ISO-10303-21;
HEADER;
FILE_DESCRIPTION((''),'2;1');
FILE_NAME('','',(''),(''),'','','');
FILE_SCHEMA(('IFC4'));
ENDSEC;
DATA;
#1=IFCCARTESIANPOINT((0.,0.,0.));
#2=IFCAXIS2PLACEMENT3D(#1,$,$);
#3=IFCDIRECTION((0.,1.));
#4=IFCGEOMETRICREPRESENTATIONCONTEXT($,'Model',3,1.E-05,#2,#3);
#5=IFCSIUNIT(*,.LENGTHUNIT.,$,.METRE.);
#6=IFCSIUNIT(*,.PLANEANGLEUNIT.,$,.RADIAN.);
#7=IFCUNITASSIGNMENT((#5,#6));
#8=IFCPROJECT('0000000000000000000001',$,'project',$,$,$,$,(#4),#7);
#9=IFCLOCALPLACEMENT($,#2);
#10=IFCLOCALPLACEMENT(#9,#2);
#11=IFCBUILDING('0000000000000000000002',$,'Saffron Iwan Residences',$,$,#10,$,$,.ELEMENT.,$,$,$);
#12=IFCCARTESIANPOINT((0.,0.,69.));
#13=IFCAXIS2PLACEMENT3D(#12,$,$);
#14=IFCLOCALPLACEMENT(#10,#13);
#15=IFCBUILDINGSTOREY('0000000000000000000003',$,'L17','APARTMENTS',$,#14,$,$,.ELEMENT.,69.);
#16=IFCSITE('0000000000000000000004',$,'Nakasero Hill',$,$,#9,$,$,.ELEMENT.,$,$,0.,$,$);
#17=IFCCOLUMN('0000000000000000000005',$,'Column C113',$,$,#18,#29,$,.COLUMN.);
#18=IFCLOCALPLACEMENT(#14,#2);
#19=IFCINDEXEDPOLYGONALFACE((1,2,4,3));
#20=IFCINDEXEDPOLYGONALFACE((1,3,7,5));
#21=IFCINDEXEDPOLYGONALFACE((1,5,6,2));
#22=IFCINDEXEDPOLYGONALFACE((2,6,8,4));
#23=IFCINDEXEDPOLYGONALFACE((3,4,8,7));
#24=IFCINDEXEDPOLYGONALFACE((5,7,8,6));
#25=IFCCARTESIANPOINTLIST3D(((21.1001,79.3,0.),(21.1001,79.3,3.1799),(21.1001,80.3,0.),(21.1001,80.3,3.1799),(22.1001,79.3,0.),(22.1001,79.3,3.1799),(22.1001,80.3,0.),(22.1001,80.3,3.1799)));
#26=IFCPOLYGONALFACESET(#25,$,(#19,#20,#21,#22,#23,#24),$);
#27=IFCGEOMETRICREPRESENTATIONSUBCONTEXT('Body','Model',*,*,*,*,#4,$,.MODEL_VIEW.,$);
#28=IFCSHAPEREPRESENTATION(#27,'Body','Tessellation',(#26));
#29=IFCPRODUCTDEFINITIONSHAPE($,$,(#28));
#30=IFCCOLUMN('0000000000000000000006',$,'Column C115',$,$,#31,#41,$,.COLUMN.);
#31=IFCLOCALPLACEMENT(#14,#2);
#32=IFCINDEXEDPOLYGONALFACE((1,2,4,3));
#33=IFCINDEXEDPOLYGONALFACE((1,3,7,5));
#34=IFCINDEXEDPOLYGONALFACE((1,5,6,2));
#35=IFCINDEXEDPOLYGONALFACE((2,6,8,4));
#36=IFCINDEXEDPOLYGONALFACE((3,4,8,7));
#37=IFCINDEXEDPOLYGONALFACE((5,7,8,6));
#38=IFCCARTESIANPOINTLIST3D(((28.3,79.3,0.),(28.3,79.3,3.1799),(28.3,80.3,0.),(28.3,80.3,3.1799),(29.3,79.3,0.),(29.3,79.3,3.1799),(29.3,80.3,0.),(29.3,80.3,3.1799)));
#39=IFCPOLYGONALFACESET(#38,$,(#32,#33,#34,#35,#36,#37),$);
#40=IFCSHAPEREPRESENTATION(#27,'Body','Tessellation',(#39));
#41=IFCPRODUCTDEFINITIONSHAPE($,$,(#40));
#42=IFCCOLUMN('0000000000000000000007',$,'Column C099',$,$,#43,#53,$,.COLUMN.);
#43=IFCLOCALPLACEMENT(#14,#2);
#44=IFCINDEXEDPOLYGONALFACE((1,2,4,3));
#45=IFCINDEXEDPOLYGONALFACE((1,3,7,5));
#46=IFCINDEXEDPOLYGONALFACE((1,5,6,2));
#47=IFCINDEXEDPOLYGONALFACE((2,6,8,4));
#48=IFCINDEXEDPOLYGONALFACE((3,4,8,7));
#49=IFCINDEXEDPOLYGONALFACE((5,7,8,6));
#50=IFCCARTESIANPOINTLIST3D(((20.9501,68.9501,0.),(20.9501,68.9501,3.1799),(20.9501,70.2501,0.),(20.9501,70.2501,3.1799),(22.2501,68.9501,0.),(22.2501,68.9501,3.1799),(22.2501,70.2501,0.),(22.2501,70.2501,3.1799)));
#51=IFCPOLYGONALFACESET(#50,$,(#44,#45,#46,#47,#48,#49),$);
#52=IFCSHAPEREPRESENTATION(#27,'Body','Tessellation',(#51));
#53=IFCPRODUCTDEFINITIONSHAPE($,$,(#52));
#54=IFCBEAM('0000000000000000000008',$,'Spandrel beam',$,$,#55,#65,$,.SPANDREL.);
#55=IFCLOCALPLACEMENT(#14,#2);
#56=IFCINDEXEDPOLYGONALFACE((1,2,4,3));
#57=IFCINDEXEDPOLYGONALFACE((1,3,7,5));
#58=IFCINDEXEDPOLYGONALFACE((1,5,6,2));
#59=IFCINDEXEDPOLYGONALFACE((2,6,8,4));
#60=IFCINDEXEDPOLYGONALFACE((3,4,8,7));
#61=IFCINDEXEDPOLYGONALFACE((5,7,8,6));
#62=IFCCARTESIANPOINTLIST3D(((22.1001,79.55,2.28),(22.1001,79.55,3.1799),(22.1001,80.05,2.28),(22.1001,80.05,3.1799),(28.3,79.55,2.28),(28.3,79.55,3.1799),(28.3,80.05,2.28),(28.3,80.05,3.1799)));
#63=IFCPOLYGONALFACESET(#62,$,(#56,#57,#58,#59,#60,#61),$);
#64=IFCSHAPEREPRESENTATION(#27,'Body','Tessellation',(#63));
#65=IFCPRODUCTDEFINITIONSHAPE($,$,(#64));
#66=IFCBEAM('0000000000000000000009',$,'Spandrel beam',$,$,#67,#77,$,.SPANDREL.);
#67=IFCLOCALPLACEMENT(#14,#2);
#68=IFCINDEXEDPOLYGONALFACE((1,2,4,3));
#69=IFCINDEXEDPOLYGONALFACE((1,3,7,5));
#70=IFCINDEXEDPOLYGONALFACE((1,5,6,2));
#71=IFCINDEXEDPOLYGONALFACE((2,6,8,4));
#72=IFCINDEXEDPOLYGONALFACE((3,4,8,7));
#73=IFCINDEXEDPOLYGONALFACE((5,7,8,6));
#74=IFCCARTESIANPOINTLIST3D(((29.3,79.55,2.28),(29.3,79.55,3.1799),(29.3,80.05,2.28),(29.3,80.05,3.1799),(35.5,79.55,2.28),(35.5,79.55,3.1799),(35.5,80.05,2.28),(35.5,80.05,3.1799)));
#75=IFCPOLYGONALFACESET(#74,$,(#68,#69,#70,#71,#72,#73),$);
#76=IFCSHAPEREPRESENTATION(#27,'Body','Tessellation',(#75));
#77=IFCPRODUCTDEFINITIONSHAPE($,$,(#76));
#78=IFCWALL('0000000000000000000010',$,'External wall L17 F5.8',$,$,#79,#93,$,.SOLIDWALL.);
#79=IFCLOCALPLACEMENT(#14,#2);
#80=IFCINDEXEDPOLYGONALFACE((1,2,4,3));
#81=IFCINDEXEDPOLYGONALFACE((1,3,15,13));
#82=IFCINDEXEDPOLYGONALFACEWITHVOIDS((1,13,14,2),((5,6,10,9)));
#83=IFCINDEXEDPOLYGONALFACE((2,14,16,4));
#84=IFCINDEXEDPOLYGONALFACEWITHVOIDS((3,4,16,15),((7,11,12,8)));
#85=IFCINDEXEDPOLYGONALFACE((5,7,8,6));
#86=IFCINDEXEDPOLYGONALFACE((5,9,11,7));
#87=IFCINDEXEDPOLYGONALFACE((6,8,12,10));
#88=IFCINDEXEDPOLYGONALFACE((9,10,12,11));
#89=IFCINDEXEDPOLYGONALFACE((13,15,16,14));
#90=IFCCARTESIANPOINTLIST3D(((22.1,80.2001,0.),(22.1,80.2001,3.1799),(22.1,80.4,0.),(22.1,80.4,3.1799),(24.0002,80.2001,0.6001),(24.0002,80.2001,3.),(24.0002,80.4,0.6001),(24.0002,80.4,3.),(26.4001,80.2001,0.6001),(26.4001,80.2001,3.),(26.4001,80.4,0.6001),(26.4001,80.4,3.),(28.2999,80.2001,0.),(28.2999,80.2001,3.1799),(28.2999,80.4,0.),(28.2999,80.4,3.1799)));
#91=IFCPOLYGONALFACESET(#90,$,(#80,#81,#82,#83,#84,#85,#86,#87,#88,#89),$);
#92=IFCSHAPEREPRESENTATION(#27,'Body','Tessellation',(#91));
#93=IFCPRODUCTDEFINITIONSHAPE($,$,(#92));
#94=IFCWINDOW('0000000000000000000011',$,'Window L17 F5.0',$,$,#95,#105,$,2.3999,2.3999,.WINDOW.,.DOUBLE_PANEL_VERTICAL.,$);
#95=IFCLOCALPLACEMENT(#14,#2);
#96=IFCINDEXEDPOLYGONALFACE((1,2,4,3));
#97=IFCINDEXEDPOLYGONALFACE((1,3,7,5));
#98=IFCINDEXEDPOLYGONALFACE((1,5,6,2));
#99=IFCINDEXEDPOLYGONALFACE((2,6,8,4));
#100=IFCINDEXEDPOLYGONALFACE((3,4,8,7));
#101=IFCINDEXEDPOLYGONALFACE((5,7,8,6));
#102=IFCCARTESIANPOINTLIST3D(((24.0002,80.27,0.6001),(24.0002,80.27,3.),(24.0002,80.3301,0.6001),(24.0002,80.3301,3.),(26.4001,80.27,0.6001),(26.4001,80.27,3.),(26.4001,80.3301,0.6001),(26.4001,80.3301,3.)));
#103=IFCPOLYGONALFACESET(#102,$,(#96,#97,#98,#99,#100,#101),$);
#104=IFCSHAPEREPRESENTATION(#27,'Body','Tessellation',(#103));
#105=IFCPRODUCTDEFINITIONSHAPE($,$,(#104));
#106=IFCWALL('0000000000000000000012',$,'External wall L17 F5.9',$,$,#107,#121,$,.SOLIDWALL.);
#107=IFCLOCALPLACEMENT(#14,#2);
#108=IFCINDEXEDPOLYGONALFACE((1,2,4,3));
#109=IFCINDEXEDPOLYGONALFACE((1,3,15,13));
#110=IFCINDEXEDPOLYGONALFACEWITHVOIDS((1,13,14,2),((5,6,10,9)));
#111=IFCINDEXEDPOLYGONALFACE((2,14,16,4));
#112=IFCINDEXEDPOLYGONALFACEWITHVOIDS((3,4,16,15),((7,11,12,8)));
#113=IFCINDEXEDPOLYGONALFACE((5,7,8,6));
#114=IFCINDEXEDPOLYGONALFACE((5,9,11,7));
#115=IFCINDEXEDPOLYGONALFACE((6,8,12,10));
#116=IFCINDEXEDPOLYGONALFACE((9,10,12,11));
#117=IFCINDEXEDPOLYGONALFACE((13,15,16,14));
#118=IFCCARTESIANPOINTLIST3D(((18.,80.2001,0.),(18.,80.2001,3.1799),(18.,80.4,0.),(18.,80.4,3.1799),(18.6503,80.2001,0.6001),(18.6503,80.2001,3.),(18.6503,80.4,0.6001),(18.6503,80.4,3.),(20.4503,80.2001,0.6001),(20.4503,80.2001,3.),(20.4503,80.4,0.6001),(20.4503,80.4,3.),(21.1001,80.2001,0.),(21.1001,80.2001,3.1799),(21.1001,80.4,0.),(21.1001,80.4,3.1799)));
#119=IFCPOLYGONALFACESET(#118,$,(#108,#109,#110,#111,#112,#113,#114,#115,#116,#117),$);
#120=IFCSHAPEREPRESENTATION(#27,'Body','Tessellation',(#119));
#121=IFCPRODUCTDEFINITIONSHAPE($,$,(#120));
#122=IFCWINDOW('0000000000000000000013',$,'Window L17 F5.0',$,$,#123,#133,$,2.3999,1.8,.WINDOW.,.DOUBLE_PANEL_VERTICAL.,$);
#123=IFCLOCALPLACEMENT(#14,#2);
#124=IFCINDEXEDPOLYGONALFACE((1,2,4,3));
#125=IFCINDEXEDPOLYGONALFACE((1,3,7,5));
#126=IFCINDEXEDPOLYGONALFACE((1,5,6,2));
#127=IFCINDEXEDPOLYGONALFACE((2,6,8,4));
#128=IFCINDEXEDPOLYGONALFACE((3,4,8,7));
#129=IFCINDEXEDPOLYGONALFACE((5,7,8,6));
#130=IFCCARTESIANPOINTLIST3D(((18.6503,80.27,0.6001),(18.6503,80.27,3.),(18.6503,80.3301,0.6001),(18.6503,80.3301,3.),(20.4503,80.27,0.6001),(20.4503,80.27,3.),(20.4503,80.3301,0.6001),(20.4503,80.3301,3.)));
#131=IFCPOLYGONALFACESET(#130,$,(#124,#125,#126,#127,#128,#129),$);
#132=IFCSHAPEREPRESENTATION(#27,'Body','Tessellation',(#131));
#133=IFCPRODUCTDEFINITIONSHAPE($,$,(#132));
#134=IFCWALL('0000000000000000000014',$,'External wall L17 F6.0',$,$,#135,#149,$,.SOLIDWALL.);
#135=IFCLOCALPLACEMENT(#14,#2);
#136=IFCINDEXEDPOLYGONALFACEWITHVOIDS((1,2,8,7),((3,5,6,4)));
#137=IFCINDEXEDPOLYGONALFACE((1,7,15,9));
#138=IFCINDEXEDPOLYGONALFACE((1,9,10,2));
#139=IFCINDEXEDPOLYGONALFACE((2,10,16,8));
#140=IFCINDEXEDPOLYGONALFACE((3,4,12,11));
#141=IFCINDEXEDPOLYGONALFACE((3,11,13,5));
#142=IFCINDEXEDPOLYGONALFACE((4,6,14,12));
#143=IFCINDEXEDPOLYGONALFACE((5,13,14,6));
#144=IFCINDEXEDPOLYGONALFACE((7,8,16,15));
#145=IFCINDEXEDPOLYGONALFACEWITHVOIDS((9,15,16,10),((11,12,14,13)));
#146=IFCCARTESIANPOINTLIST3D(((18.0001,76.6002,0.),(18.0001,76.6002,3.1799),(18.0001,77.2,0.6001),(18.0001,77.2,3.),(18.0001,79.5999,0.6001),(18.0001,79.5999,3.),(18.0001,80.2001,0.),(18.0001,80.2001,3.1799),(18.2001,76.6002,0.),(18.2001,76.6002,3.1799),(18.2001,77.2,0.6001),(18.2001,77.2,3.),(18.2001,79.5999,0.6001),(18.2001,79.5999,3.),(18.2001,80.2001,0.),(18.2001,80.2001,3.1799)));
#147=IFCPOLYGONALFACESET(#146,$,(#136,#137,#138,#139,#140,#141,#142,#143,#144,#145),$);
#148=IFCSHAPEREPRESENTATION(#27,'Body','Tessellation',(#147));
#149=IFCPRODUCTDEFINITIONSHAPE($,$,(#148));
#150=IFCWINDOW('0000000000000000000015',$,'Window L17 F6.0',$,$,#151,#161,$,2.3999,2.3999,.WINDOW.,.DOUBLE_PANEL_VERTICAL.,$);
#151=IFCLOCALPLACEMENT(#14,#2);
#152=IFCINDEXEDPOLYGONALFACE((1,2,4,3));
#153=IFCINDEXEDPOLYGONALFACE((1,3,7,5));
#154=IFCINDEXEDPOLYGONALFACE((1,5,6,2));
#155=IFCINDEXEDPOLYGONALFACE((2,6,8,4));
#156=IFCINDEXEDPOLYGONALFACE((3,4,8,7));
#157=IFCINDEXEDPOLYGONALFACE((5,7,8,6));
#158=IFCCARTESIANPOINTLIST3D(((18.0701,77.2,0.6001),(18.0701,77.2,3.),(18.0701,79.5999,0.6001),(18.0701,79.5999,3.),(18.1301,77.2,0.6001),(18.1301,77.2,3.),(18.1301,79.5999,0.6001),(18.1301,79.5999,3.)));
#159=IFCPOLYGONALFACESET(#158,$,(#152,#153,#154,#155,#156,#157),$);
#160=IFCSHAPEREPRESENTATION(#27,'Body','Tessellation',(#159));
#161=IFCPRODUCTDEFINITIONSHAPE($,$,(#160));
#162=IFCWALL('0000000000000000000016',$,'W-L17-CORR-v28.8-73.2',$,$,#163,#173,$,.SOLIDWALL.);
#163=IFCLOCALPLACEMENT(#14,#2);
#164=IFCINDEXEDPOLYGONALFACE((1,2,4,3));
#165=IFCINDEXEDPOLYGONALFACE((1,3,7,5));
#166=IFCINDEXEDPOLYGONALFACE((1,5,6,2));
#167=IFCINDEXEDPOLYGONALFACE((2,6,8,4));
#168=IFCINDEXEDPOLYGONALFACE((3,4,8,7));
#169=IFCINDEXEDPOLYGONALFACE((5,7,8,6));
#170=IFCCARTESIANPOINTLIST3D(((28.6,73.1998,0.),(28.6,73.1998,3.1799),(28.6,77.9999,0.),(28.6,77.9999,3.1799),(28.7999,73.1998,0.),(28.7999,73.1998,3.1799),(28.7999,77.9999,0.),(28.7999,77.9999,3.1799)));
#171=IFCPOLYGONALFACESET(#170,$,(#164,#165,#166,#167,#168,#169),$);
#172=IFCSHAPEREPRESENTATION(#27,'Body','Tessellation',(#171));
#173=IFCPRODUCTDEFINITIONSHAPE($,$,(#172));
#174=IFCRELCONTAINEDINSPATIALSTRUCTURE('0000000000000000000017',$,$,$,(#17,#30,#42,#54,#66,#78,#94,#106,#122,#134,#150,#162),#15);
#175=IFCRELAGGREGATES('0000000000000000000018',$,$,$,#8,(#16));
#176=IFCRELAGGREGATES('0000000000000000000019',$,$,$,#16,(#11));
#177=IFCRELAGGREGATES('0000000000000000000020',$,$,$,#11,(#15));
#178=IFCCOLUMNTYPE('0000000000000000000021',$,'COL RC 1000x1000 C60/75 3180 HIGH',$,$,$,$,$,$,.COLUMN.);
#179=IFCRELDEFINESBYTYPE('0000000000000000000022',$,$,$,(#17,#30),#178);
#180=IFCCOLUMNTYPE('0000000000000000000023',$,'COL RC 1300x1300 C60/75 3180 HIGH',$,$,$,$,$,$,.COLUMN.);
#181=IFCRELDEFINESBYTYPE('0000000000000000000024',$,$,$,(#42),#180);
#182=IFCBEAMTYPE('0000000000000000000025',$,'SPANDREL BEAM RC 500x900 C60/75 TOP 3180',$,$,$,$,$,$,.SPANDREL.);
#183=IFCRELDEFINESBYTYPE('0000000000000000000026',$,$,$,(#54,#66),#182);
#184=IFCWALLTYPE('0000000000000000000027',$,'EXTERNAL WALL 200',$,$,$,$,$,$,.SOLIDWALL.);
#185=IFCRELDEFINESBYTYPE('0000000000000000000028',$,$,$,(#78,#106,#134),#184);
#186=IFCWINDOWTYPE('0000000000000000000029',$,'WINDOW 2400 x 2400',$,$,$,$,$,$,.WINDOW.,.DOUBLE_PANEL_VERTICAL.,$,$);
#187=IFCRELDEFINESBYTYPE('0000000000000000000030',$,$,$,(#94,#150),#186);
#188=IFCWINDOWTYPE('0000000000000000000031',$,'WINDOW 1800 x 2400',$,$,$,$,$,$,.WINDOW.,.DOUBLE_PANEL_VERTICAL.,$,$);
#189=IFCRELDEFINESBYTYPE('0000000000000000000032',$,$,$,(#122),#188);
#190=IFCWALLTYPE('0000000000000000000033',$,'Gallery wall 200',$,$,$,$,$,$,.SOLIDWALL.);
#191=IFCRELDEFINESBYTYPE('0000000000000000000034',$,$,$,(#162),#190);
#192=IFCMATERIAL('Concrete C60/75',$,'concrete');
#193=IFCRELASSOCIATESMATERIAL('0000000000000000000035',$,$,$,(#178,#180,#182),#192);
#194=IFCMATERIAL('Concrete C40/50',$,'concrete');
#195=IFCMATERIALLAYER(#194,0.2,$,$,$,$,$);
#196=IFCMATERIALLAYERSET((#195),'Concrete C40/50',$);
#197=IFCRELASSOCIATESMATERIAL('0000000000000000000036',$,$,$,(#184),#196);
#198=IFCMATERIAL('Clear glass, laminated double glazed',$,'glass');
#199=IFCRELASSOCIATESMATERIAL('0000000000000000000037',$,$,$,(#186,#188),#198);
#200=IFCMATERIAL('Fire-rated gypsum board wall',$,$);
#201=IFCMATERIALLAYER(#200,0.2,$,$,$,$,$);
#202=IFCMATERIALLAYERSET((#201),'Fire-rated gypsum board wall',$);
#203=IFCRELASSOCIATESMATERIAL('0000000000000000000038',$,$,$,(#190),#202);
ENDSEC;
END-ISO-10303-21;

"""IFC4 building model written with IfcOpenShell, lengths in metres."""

from ifc_helpers import new_model, si_unit, direction, frame, frame_2d, origin, origin_2d, place, context, subcontext, project, spatial, rectangle, extrude, source, transform, mapped, material, layer, layer_set, material_profile, profile_set, type_object, element, fill, save


model = new_model("IFC4")

# Units and contexts
model_context = context("Model", 3, precision=1e-05, world=origin(), true_north=direction((0.0, 1.0)))
body_context = subcontext(model_context, "Body", "Model", "MODEL_VIEW")
ifc_project = project(units=[si_unit("LENGTHUNIT", "METRE"), si_unit("PLANEANGLEUNIT", "RADIAN")], contexts=[model_context])

# Site, building, storey
site_placement = place(None, origin())
site = spatial("IfcSite", under=ifc_project, at=site_placement, Name="Nakasero Hill", CompositionType="ELEMENT", RefElevation=0.0)
building_placement = place(site_placement, origin())
building = spatial("IfcBuilding", under=site, at=building_placement, Name="Saffron Iwan Residences", CompositionType="ELEMENT")
storey_placement = place(building_placement, frame((0.0, 0.0, 69.0)))
storey = spatial("IfcBuildingStorey", under=building, at=storey_placement, Name="L17", Description="APARTMENTS", CompositionType="ELEMENT", Elevation=69.0)

# Columns
ifc_material_1 = material(Name="Concrete C60/75", Category="concrete")
ifc_material_profile_1 = material_profile(ifc_material_1, rectangle(XDim=1.0, YDim=1.0, at=origin_2d()), Name="RC 1000x1000")
ifc_profile_set_1 = profile_set([ifc_material_profile_1], Name="Concrete C60/75")
column_type_1 = type_object("IfcColumnType", Name="COL RC 1000x1000 C60/75 3180 HIGH", PredefinedType="COLUMN", material=ifc_profile_set_1)
shared_shape_1 = source(origin(), body_context, "Body", "SweptSolid", [
    extrude(rectangle(XDim=1.0, YDim=1.0, at=origin_2d()), origin(), (0.0, 0.0, 1.0), 3.1799),
])
for number, where, z_axis, x_axis, name in (
    (1, (21.6001, 79.8, 0.0), (0.0, 0.0, 1.0), (1.0, 0.0, 0.0), "Column C113"),
    (2, (28.8, 79.8, 0.0), (0.0, 0.0, 1.0), (1.0, 0.0, 0.0), "Column C115"),
):
    element("IfcColumn", number, at=place(storey_placement, frame(where, z_axis=z_axis, x_axis=x_axis)), inside=storey, type_object=column_type_1, Name=name, PredefinedType="COLUMN", context=body_context, shape_type="MappedRepresentation", body=[
        mapped(shared_shape_1, transform((0.0, 0.0, 0.0))),
    ])
ifc_material_profile_2 = material_profile(ifc_material_1, rectangle(XDim=1.3, YDim=1.3, at=origin_2d()), Name="RC 1300x1300")
ifc_profile_set_2 = profile_set([ifc_material_profile_2], Name="Concrete C60/75")
column_type_2 = type_object("IfcColumnType", Name="COL RC 1300x1300 C60/75 3180 HIGH", PredefinedType="COLUMN", material=ifc_profile_set_2)
shared_shape_2 = source(origin(), body_context, "Body", "SweptSolid", [
    extrude(rectangle(XDim=1.3, YDim=1.3, at=origin_2d()), origin(), (0.0, 0.0, 1.0), 3.1799),
])
column_placement = place(storey_placement, frame((21.6001, 69.6001, 0.0), z_axis=(0.0, 0.0, 1.0), x_axis=(1.0, 0.0, 0.0)))
element("IfcColumn", 3, at=column_placement, inside=storey, type_object=column_type_2, Name="Column C099", PredefinedType="COLUMN", context=body_context, shape_type="MappedRepresentation", body=[
    mapped(shared_shape_2, transform((0.0, 0.0, 0.0))),
])

# Beams
ifc_material_profile_3 = material_profile(ifc_material_1, rectangle(XDim=0.5, YDim=0.8999, at=origin_2d()), Name="RC 500x900")
ifc_profile_set_3 = profile_set([ifc_material_profile_3], Name="Concrete C60/75")
beam_type = type_object("IfcBeamType", Name="SPANDREL BEAM RC 500x900 C60/75 TOP 3180", PredefinedType="SPANDREL", material=ifc_profile_set_3)
shared_shape_3 = source(origin(), body_context, "Body", "SweptSolid", [
    extrude(rectangle(XDim=0.5, YDim=0.8999, at=origin_2d()), origin(), (0.0, 0.0, 1.0), 6.2),
])
for number, where, z_axis, x_axis, name in (
    (4, (22.1001, 79.8, 2.73), (1.0, 0.0, 0.0), (0.0, 1.0, 0.0), "Spandrel beam"),
    (5, (29.3, 79.8, 2.73), (1.0, 0.0, 0.0), (0.0, 1.0, 0.0), "Spandrel beam"),
):
    element("IfcBeam", number, at=place(storey_placement, frame(where, z_axis=z_axis, x_axis=x_axis)), inside=storey, type_object=beam_type, Name=name, PredefinedType="SPANDREL", context=body_context, shape_type="MappedRepresentation", body=[
        mapped(shared_shape_3, transform((0.0, 0.0, 0.0))),
    ])

# Walls, openings, windows
ifc_material_2 = material(Name="Concrete C40/50", Category="concrete")
ifc_layer_1 = layer(ifc_material_2, 0.2)
ifc_layer_set_1 = layer_set([ifc_layer_1], Name="Concrete C40/50")
wall_type_1 = type_object("IfcWallType", Name="EXTERNAL WALL 200", PredefinedType="SOLIDWALL", material=ifc_layer_set_1)
wall_1_placement = place(storey_placement, frame((28.3, 80.3, 0.0), z_axis=(0.0, 0.0, 1.0), x_axis=(-1.0, 0.0, 0.0)))
wall_1 = element("IfcWall", 6, at=wall_1_placement, inside=storey, type_object=wall_type_1, Name="External wall L17 F5.8", PredefinedType="SOLIDWALL", context=body_context, shape_type="SweptSolid", body=[
    extrude(rectangle(XDim=6.2, YDim=0.2, at=frame_2d((3.1001, 0.0))), origin(), (0.0, 0.0, 1.0), 3.1799),
])
opening_1_placement = place(wall_1_placement, frame((1.8999, 0.0, 0.6001)))
opening_1 = element("IfcOpeningElement", 7, at=opening_1_placement, cuts=wall_1, PredefinedType="OPENING", context=body_context, shape_type="SweptSolid", body=[
    extrude(rectangle(XDim=2.3999, YDim=2.3999, at=frame_2d((1.2, 1.2))), frame((0.0, 0.1099, 0.0), z_axis=(0.0, -1.0, 0.0), x_axis=(1.0, 0.0, 0.0)), (0.0, 0.0, 1.0), 0.22),
])
ifc_material_3 = material(Name="Clear glass, laminated double glazed", Category="glass")
window_type_1 = type_object("IfcWindowType", Name="WINDOW 2400 x 2400", PartitioningType="DOUBLE_PANEL_VERTICAL", PredefinedType="WINDOW", material=ifc_material_3)
window_1_placement = place(opening_1_placement, origin())
window_1 = element("IfcWindow", 8, at=window_1_placement, inside=storey, type_object=window_type_1, Name="Window L17 F5.0", OverallHeight=2.3999, OverallWidth=2.3999, PartitioningType="DOUBLE_PANEL_VERTICAL", PredefinedType="WINDOW", context=body_context, shape_type="SweptSolid", body=[
    extrude(rectangle(XDim=2.3999, YDim=2.3999, at=frame_2d((1.2, 1.2))), frame((0.0, 0.03, 0.0), z_axis=(0.0, -1.0, 0.0), x_axis=(1.0, 0.0, 0.0)), (0.0, 0.0, 1.0), 0.0601),
])
fill(opening_1, window_1)
wall_2_placement = place(storey_placement, frame((21.1001, 80.3, 0.0), z_axis=(0.0, 0.0, 1.0), x_axis=(-1.0, 0.0, 0.0)))
wall_2 = element("IfcWall", 9, at=wall_2_placement, inside=storey, type_object=wall_type_1, Name="External wall L17 F5.9", PredefinedType="SOLIDWALL", context=body_context, shape_type="SweptSolid", body=[
    extrude(rectangle(XDim=3.1001, YDim=0.2, at=frame_2d((1.55, 0.0))), origin(), (0.0, 0.0, 1.0), 3.1799),
])
opening_2_placement = place(wall_2_placement, frame((0.6499, 0.0, 0.6001)))
opening_2 = element("IfcOpeningElement", 10, at=opening_2_placement, cuts=wall_2, PredefinedType="OPENING", context=body_context, shape_type="SweptSolid", body=[
    extrude(rectangle(XDim=1.8, YDim=2.3999, at=frame_2d((0.8999, 1.2))), frame((0.0, 0.1099, 0.0), z_axis=(0.0, -1.0, 0.0), x_axis=(1.0, 0.0, 0.0)), (0.0, 0.0, 1.0), 0.22),
])
window_type_2 = type_object("IfcWindowType", Name="WINDOW 1800 x 2400", PartitioningType="DOUBLE_PANEL_VERTICAL", PredefinedType="WINDOW", material=ifc_material_3)
window_2_placement = place(opening_2_placement, origin())
window_2 = element("IfcWindow", 11, at=window_2_placement, inside=storey, type_object=window_type_2, Name="Window L17 F5.0", OverallHeight=2.3999, OverallWidth=1.8, PartitioningType="DOUBLE_PANEL_VERTICAL", PredefinedType="WINDOW", context=body_context, shape_type="SweptSolid", body=[
    extrude(rectangle(XDim=1.8, YDim=2.3999, at=frame_2d((0.8999, 1.2))), frame((0.0, 0.03, 0.0), z_axis=(0.0, -1.0, 0.0), x_axis=(1.0, 0.0, 0.0)), (0.0, 0.0, 1.0), 0.0601),
])
fill(opening_2, window_2)
wall_3_placement = place(storey_placement, frame((18.1001, 80.2, 0.0), z_axis=(0.0, 0.0, 1.0), x_axis=(0.0, -1.0, 0.0)))
wall_3 = element("IfcWall", 12, at=wall_3_placement, inside=storey, type_object=wall_type_1, Name="External wall L17 F6.0", PredefinedType="SOLIDWALL", context=body_context, shape_type="SweptSolid", body=[
    extrude(rectangle(XDim=3.5999, YDim=0.2, at=frame_2d((1.7998, 0.0))), origin(), (0.0, 0.0, 1.0), 3.1799),
])
opening_3_placement = place(wall_3_placement, frame((0.6001, 0.0, 0.6001)))
opening_3 = element("IfcOpeningElement", 13, at=opening_3_placement, cuts=wall_3, PredefinedType="OPENING", context=body_context, shape_type="SweptSolid", body=[
    extrude(rectangle(XDim=2.3999, YDim=2.3999, at=frame_2d((1.2, 1.2))), frame((0.0, 0.1099, 0.0), z_axis=(0.0, -1.0, 0.0), x_axis=(1.0, 0.0, 0.0)), (0.0, 0.0, 1.0), 0.22),
])
window_3_placement = place(opening_3_placement, origin())
window_3 = element("IfcWindow", 14, at=window_3_placement, inside=storey, type_object=window_type_1, Name="Window L17 F6.0", OverallHeight=2.3999, OverallWidth=2.3999, PartitioningType="DOUBLE_PANEL_VERTICAL", PredefinedType="WINDOW", context=body_context, shape_type="SweptSolid", body=[
    extrude(rectangle(XDim=2.3999, YDim=2.3999, at=frame_2d((1.2, 1.2))), frame((0.0, 0.03, 0.0), z_axis=(0.0, -1.0, 0.0), x_axis=(1.0, 0.0, 0.0)), (0.0, 0.0, 1.0), 0.0601),
])
fill(opening_3, window_3)

# Wall
ifc_material_4 = material(Name="Fire-rated gypsum board wall")
ifc_layer_2 = layer(ifc_material_4, 0.2)
ifc_layer_set_2 = layer_set([ifc_layer_2], Name="Fire-rated gypsum board wall")
wall_type_2 = type_object("IfcWallType", Name="Gallery wall 200", PredefinedType="SOLIDWALL", material=ifc_layer_set_2)
wall_4_placement = place(storey_placement, frame((28.7, 73.2, 0.0), z_axis=(0.0, 0.0, 1.0), x_axis=(0.0, 1.0, 0.0)))
element("IfcWall", 15, at=wall_4_placement, inside=storey, type_object=wall_type_2, Name="W-L17-CORR-v28.8-73.2", PredefinedType="SOLIDWALL", context=body_context, shape_type="SweptSolid", body=[
    extrude(rectangle(XDim=4.8, YDim=0.2, at=frame_2d((2.3999, 0.0))), origin(), (0.0, 0.0, 1.0), 3.1799),
])

save(model, "model.ifc")
